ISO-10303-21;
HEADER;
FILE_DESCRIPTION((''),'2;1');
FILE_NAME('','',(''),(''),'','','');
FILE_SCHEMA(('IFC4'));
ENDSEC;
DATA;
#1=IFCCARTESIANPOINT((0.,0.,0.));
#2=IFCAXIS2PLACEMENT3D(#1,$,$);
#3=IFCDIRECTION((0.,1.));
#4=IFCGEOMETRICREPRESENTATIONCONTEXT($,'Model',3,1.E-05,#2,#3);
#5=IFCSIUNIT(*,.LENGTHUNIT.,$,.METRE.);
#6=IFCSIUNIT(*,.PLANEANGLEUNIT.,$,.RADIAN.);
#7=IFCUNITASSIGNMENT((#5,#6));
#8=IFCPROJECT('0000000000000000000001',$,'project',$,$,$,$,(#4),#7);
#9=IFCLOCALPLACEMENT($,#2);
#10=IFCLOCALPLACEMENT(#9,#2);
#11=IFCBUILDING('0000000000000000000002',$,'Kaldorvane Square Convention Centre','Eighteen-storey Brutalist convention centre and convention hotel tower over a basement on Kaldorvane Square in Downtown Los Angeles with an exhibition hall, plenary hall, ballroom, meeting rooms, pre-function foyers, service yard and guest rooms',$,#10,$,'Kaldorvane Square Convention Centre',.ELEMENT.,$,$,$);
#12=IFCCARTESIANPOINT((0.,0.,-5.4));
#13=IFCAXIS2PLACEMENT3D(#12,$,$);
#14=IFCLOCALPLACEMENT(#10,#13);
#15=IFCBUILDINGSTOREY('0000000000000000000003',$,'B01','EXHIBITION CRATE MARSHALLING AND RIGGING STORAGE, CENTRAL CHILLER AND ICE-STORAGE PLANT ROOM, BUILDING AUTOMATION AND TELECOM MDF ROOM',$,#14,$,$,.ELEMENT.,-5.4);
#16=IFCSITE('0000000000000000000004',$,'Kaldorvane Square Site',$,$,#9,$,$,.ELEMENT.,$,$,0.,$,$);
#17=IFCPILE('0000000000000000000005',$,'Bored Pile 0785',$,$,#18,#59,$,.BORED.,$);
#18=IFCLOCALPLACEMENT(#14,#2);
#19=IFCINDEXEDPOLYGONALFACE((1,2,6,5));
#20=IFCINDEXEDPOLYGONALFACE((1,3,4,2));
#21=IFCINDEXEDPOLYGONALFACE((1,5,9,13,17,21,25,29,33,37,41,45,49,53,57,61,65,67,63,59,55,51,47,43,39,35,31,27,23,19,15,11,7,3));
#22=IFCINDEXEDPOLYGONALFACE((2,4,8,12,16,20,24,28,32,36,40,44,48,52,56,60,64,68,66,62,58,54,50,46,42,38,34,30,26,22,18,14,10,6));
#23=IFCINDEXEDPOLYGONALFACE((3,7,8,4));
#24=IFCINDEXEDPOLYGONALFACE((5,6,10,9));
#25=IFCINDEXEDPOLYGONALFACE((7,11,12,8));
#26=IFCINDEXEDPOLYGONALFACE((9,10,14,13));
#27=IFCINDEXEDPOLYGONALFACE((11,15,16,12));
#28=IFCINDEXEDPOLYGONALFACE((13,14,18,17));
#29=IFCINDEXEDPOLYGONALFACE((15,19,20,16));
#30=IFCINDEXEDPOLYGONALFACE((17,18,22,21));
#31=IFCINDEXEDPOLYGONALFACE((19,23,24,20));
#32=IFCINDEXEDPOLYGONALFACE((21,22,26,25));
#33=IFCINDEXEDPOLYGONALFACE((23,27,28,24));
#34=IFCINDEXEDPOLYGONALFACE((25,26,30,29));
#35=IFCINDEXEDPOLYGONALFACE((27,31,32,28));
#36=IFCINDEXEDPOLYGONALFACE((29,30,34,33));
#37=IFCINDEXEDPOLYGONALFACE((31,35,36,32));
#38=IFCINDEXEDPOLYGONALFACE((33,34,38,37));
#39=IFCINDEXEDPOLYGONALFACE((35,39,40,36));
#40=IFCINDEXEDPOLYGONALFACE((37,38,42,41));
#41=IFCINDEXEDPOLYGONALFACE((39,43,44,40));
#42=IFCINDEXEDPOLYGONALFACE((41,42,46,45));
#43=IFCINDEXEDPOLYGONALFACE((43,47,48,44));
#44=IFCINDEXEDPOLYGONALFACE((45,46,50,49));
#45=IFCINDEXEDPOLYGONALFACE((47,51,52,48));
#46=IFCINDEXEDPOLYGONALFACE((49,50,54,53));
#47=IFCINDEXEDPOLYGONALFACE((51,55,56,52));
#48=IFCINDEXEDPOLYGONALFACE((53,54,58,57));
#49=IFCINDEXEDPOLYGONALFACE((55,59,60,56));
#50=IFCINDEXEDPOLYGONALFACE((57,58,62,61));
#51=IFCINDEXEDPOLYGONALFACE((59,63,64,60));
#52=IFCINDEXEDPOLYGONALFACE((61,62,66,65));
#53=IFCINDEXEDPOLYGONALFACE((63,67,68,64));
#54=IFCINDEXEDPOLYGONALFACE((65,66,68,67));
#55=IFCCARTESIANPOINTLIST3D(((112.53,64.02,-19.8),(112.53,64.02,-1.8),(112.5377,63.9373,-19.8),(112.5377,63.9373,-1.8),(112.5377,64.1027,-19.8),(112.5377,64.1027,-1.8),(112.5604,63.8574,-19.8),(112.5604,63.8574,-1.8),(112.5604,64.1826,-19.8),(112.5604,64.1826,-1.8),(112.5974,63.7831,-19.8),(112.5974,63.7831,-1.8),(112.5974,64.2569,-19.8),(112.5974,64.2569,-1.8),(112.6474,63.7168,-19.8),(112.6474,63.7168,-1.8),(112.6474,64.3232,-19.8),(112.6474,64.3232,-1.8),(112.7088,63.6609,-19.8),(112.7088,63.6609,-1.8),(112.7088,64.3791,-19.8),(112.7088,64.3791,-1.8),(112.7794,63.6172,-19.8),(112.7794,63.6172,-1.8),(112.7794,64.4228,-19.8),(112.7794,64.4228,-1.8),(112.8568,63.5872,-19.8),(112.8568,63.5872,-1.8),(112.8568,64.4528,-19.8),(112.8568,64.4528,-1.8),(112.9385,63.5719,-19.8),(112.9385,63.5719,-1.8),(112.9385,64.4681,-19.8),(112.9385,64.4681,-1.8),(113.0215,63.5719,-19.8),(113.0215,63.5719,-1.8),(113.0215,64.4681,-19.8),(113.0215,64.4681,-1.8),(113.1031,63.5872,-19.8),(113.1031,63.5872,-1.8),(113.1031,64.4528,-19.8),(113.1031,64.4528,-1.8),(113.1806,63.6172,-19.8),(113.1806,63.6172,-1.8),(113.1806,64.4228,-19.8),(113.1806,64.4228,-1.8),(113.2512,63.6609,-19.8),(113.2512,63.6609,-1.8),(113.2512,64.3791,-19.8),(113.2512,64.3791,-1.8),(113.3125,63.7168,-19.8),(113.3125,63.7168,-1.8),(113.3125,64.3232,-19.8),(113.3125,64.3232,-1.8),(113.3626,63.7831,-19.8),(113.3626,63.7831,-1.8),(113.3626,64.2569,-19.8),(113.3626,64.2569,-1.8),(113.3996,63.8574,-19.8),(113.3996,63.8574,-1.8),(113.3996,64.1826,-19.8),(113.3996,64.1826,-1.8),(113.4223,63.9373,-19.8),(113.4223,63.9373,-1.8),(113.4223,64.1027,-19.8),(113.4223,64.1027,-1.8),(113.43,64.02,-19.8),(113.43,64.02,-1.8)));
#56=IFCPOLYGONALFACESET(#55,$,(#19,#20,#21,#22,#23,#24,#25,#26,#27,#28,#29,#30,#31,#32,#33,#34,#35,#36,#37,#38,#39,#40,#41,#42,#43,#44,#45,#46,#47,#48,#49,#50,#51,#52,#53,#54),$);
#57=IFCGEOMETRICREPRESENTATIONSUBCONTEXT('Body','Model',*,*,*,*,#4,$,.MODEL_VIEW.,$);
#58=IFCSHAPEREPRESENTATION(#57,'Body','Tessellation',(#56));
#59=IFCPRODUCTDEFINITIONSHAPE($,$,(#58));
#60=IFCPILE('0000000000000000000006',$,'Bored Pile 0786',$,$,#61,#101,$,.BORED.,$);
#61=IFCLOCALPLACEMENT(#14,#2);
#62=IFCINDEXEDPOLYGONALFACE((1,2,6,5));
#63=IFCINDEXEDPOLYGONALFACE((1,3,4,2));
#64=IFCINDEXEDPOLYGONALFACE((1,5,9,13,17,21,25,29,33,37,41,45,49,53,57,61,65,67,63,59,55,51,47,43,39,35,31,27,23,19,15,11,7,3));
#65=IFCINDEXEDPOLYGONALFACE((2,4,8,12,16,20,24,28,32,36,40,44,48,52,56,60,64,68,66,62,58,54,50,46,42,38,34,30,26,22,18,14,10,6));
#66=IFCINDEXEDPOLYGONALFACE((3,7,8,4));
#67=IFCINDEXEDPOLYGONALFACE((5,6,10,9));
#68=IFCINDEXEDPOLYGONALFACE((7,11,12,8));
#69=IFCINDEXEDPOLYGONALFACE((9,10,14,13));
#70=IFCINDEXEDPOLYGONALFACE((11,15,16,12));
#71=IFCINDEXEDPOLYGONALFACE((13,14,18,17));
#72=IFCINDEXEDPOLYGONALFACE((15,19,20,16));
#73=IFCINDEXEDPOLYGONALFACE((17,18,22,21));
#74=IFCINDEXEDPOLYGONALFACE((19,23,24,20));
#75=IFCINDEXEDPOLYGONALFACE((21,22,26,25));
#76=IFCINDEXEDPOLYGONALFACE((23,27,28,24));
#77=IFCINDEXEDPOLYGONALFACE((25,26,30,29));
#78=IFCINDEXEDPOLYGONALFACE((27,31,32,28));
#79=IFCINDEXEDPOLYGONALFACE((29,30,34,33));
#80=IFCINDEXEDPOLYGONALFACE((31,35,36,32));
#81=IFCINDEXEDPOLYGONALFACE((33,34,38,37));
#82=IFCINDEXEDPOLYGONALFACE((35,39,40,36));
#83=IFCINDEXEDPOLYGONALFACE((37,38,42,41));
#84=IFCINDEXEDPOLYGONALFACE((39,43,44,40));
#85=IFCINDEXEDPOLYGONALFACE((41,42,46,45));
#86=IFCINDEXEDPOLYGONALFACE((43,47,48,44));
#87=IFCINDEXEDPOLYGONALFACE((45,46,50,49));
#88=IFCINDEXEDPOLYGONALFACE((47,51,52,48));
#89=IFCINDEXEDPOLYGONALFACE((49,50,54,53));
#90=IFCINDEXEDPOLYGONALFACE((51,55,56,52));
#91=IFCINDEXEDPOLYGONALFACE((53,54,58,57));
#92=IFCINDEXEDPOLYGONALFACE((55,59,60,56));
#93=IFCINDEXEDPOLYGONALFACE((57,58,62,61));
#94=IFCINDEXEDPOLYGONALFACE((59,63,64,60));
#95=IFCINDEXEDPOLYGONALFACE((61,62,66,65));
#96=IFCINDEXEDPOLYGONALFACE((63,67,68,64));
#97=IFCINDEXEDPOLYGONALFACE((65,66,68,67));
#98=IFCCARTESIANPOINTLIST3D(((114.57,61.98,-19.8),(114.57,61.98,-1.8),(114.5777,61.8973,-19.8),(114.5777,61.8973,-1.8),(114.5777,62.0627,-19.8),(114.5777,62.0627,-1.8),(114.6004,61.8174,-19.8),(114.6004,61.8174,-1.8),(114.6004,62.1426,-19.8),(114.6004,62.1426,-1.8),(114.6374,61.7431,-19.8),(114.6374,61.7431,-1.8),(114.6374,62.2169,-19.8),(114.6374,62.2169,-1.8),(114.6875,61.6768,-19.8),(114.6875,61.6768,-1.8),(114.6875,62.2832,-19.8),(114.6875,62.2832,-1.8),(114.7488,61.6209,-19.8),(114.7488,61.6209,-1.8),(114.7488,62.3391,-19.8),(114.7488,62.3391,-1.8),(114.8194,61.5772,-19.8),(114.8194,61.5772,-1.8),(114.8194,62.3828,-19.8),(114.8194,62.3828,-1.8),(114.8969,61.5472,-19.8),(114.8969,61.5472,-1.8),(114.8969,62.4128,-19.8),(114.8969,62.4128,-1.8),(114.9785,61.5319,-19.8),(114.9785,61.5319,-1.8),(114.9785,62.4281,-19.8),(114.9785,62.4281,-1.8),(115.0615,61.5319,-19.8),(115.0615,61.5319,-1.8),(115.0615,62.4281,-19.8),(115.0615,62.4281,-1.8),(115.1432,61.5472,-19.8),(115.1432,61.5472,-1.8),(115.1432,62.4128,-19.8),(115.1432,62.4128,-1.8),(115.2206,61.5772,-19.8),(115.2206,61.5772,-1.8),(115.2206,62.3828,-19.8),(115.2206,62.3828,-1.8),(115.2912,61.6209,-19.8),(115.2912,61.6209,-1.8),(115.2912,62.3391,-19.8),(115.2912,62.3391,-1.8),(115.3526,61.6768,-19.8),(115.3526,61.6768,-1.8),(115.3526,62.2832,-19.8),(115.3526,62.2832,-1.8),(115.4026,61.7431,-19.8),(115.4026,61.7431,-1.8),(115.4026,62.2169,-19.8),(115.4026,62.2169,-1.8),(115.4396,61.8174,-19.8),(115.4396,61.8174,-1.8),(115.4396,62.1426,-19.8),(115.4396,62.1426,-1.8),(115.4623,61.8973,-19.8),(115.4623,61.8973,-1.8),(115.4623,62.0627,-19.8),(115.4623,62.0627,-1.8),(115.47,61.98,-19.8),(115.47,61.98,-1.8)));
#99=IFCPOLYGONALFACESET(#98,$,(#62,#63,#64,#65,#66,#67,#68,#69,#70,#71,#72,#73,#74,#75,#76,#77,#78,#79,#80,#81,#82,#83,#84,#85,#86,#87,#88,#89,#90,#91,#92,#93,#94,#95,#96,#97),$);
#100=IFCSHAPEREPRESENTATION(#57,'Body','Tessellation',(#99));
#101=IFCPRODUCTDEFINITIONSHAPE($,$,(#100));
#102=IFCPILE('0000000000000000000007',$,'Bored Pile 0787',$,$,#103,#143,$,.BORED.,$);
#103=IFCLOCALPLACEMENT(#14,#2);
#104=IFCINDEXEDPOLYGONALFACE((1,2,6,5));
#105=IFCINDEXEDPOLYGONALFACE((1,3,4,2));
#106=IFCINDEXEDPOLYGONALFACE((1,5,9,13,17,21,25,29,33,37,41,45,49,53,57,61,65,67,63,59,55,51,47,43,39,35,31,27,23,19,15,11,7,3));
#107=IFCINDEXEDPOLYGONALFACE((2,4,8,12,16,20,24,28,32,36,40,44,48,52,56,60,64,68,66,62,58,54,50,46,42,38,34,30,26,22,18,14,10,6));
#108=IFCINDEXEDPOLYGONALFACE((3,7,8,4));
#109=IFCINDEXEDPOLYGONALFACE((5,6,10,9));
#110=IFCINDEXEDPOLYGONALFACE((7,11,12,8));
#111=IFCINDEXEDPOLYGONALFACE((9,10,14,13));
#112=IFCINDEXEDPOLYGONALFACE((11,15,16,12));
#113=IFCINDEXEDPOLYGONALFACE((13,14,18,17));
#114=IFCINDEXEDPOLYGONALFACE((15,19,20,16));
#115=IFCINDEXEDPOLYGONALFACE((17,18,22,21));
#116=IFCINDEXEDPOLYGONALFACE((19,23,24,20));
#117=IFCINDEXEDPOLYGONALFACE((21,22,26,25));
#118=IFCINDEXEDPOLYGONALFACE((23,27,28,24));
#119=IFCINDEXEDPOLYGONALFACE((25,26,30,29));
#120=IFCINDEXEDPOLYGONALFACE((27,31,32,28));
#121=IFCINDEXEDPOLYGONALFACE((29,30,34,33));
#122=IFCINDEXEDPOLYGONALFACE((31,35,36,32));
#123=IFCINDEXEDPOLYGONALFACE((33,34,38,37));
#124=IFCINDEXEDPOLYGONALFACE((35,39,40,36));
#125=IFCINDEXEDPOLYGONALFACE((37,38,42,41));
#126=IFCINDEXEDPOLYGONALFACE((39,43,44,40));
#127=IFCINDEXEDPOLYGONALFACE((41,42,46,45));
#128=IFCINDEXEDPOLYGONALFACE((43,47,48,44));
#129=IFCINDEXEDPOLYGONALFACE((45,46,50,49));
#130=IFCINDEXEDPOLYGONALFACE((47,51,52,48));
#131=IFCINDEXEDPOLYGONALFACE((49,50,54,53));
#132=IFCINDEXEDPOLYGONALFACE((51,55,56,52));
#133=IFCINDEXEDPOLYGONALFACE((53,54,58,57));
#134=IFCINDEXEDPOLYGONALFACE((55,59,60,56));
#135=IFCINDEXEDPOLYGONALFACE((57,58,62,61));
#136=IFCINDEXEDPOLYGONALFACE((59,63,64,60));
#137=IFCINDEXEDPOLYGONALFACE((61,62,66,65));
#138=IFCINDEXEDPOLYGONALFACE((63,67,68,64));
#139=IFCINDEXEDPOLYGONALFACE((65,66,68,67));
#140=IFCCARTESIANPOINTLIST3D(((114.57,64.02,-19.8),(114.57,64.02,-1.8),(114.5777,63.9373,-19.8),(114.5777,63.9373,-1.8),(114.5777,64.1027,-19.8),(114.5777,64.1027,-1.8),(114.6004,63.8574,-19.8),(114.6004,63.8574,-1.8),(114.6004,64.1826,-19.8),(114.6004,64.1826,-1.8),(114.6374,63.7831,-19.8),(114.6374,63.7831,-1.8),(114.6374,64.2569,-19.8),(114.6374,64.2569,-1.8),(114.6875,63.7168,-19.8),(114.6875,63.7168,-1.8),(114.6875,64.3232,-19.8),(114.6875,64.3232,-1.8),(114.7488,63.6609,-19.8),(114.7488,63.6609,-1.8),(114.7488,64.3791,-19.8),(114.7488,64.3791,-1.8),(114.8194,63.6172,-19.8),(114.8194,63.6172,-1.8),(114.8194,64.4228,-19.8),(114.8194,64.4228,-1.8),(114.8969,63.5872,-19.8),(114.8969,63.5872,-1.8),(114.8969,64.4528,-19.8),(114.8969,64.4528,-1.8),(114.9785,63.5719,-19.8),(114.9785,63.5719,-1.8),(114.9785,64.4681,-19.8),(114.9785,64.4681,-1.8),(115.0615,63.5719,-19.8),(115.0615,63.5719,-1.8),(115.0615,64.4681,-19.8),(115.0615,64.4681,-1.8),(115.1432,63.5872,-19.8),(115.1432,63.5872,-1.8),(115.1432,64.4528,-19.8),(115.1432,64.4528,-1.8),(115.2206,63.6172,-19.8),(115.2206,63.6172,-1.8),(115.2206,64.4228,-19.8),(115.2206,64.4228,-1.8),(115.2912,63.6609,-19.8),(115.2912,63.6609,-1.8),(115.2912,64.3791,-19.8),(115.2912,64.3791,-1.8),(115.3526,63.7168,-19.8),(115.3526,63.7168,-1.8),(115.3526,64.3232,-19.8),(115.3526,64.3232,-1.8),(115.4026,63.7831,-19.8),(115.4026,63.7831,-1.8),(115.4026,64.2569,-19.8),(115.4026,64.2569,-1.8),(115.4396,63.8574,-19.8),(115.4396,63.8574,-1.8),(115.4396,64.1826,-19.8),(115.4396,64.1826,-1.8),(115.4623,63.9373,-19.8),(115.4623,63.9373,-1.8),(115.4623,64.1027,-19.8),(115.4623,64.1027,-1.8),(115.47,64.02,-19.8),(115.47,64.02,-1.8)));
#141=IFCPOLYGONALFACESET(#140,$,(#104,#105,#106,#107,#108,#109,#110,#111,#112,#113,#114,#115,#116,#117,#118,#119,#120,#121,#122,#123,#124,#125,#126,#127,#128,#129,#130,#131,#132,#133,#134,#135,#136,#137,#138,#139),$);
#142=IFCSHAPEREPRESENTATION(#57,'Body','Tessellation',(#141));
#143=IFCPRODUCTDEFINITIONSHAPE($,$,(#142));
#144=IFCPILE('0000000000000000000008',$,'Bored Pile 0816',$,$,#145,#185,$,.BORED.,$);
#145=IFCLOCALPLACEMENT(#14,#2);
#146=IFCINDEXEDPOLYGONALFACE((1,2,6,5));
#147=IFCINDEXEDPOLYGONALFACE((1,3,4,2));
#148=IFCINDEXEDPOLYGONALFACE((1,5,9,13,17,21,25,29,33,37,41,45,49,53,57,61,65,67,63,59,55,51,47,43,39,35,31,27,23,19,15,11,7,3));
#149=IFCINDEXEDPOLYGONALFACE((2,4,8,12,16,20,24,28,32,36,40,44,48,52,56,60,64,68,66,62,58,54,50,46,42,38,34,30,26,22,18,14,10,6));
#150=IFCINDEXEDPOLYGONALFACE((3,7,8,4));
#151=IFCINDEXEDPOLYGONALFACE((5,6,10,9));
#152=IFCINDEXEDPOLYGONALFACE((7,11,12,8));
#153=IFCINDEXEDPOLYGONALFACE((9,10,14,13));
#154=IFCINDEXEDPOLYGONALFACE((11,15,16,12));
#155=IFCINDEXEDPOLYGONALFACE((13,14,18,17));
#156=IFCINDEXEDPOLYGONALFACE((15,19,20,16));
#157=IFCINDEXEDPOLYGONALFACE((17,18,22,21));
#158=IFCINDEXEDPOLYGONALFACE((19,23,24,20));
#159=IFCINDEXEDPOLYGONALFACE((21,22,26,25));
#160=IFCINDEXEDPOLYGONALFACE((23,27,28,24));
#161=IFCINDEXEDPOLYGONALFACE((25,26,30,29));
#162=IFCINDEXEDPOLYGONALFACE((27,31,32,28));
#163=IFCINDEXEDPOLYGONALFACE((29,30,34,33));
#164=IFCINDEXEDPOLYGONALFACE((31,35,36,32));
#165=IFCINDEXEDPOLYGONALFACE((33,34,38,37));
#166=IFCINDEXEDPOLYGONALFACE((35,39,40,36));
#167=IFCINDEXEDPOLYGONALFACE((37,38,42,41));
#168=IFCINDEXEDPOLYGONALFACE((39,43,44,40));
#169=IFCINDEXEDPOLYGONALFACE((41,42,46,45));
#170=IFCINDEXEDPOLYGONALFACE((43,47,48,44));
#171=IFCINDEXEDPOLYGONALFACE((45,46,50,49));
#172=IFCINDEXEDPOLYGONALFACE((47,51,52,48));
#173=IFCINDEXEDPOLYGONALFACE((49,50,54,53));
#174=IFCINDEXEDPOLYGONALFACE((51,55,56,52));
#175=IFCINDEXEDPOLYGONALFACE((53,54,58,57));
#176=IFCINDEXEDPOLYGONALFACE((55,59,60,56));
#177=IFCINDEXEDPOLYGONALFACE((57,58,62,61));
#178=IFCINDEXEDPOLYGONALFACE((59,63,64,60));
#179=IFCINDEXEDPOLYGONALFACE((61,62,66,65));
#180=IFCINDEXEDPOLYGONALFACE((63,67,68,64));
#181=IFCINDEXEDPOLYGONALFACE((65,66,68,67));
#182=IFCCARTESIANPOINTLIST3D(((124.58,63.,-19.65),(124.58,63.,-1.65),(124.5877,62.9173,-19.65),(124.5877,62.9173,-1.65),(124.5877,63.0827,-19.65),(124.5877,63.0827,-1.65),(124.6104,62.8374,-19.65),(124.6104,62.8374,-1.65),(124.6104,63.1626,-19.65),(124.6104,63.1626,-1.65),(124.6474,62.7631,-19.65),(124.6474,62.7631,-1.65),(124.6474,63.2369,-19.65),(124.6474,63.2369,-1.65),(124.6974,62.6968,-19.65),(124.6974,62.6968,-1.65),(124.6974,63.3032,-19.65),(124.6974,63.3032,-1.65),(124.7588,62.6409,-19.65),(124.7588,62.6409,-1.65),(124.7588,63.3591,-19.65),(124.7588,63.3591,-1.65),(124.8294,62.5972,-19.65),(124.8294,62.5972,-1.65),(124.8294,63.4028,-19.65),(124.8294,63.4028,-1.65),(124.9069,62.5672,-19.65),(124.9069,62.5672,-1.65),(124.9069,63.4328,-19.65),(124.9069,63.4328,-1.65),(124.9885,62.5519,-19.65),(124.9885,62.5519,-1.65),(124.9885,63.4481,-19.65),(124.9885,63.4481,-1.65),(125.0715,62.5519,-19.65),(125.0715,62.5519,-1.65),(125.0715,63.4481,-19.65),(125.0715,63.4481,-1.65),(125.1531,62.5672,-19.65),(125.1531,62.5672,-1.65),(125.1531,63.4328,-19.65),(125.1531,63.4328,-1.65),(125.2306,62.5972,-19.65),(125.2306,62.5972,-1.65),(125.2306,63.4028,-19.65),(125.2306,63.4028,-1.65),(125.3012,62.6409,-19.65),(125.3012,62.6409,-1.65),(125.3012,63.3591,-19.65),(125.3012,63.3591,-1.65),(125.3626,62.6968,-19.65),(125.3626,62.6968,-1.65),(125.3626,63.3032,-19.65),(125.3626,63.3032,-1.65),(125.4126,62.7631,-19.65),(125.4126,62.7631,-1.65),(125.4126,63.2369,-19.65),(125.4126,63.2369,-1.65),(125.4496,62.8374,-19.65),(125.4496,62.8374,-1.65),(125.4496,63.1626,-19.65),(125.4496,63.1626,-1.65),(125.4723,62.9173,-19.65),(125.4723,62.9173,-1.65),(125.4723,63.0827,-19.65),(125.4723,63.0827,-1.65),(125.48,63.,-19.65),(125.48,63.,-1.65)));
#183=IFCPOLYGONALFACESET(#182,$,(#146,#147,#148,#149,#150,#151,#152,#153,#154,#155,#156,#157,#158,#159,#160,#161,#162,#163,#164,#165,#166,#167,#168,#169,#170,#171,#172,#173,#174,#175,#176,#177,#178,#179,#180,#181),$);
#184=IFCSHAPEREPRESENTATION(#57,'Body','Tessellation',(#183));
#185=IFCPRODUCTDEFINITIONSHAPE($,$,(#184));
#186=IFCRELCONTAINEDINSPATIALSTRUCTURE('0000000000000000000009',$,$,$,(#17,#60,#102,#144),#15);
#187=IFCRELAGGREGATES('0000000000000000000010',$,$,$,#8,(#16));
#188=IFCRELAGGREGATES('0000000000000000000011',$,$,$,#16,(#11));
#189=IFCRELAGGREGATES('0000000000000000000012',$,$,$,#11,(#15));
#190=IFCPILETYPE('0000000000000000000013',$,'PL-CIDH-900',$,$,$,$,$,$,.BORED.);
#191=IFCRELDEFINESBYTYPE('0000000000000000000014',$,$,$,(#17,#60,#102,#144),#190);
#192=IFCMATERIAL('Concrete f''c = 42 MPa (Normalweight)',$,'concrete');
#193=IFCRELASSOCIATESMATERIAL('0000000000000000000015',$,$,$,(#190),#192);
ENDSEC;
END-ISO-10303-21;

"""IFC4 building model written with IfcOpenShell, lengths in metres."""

from ifc_helpers import new_model, si_unit, direction, frame, origin, origin_2d, place, context, subcontext, project, spatial, circle, extrude, material, material_profile, profile_set, type_object, element, save


model = new_model("IFC4")

# Units and contexts
model_context = context("Model", 3, precision=1e-05, world=origin(), true_north=direction((0.0, 1.0)))
body_context = subcontext(model_context, "Body", "Model", "MODEL_VIEW")
ifc_project = project(units=[si_unit("LENGTHUNIT", "METRE"), si_unit("PLANEANGLEUNIT", "RADIAN")], contexts=[model_context])

# Site, building, storey
site_placement = place(None, origin())
site = spatial("IfcSite", under=ifc_project, at=site_placement, Name="Kaldorvane Square Site", CompositionType="ELEMENT", RefElevation=0.0)
building_placement = place(site_placement, origin())
building = spatial("IfcBuilding", under=site, at=building_placement, Name="Kaldorvane Square Convention Centre", Description="Eighteen-storey Brutalist convention centre and convention hotel tower over a basement on Kaldorvane Square in Downtown Los Angeles with an exhibition hall, plenary hall, ballroom, meeting rooms, pre-function foyers, service yard and guest rooms", LongName="Kaldorvane Square Convention Centre", CompositionType="ELEMENT")
storey_placement = place(building_placement, frame((0.0, 0.0, -5.4)))
storey = spatial("IfcBuildingStorey", under=building, at=storey_placement, Name="B01", Description="EXHIBITION CRATE MARSHALLING AND RIGGING STORAGE, CENTRAL CHILLER AND ICE-STORAGE PLANT ROOM, BUILDING AUTOMATION AND TELECOM MDF ROOM", CompositionType="ELEMENT", Elevation=-5.4)

# Shared definitions
ifc_material_1 = material(Name="Concrete f'c = 42 MPa (Normalweight)", Category="concrete")

# Piles
ifc_material_profile_1 = material_profile(ifc_material_1, circle(Radius=0.45, at=origin_2d()), Name="PILE-D900")
ifc_profile_set_1 = profile_set([ifc_material_profile_1], Name="Concrete f'c = 42 MPa (Normalweight)")
pile_type_1 = type_object("IfcPileType", Name="PL-CIDH-900", PredefinedType="BORED", material=ifc_profile_set_1)
for number, where, z_axis, x_axis, name in (
    (1, (112.98, 64.02, -1.8), (0.0, 0.0, -1.0), (1.0, 0.0, 0.0), "Bored Pile 0785"),
    (2, (115.02, 61.98, -1.8), (0.0, 0.0, -1.0), (1.0, 0.0, 0.0), "Bored Pile 0786"),
    (3, (115.02, 64.02, -1.8), (0.0, 0.0, -1.0), (1.0, 0.0, 0.0), "Bored Pile 0787"),
    (4, (125.03, 63.0, -1.65), (0.0, 0.0, -1.0), (1.0, 0.0, 0.0), "Bored Pile 0816"),
):
    element("IfcPile", number, at=place(storey_placement, frame(where, z_axis=z_axis, x_axis=x_axis)), inside=storey, type_object=pile_type_1, Name=name, PredefinedType="BORED", context=body_context, shape_type="SweptSolid", body=[
        extrude(circle(Radius=0.45, at=origin_2d()), origin(), (0.0, 0.0, 1.0), 18.0),
    ])

save(model, "model.ifc")
